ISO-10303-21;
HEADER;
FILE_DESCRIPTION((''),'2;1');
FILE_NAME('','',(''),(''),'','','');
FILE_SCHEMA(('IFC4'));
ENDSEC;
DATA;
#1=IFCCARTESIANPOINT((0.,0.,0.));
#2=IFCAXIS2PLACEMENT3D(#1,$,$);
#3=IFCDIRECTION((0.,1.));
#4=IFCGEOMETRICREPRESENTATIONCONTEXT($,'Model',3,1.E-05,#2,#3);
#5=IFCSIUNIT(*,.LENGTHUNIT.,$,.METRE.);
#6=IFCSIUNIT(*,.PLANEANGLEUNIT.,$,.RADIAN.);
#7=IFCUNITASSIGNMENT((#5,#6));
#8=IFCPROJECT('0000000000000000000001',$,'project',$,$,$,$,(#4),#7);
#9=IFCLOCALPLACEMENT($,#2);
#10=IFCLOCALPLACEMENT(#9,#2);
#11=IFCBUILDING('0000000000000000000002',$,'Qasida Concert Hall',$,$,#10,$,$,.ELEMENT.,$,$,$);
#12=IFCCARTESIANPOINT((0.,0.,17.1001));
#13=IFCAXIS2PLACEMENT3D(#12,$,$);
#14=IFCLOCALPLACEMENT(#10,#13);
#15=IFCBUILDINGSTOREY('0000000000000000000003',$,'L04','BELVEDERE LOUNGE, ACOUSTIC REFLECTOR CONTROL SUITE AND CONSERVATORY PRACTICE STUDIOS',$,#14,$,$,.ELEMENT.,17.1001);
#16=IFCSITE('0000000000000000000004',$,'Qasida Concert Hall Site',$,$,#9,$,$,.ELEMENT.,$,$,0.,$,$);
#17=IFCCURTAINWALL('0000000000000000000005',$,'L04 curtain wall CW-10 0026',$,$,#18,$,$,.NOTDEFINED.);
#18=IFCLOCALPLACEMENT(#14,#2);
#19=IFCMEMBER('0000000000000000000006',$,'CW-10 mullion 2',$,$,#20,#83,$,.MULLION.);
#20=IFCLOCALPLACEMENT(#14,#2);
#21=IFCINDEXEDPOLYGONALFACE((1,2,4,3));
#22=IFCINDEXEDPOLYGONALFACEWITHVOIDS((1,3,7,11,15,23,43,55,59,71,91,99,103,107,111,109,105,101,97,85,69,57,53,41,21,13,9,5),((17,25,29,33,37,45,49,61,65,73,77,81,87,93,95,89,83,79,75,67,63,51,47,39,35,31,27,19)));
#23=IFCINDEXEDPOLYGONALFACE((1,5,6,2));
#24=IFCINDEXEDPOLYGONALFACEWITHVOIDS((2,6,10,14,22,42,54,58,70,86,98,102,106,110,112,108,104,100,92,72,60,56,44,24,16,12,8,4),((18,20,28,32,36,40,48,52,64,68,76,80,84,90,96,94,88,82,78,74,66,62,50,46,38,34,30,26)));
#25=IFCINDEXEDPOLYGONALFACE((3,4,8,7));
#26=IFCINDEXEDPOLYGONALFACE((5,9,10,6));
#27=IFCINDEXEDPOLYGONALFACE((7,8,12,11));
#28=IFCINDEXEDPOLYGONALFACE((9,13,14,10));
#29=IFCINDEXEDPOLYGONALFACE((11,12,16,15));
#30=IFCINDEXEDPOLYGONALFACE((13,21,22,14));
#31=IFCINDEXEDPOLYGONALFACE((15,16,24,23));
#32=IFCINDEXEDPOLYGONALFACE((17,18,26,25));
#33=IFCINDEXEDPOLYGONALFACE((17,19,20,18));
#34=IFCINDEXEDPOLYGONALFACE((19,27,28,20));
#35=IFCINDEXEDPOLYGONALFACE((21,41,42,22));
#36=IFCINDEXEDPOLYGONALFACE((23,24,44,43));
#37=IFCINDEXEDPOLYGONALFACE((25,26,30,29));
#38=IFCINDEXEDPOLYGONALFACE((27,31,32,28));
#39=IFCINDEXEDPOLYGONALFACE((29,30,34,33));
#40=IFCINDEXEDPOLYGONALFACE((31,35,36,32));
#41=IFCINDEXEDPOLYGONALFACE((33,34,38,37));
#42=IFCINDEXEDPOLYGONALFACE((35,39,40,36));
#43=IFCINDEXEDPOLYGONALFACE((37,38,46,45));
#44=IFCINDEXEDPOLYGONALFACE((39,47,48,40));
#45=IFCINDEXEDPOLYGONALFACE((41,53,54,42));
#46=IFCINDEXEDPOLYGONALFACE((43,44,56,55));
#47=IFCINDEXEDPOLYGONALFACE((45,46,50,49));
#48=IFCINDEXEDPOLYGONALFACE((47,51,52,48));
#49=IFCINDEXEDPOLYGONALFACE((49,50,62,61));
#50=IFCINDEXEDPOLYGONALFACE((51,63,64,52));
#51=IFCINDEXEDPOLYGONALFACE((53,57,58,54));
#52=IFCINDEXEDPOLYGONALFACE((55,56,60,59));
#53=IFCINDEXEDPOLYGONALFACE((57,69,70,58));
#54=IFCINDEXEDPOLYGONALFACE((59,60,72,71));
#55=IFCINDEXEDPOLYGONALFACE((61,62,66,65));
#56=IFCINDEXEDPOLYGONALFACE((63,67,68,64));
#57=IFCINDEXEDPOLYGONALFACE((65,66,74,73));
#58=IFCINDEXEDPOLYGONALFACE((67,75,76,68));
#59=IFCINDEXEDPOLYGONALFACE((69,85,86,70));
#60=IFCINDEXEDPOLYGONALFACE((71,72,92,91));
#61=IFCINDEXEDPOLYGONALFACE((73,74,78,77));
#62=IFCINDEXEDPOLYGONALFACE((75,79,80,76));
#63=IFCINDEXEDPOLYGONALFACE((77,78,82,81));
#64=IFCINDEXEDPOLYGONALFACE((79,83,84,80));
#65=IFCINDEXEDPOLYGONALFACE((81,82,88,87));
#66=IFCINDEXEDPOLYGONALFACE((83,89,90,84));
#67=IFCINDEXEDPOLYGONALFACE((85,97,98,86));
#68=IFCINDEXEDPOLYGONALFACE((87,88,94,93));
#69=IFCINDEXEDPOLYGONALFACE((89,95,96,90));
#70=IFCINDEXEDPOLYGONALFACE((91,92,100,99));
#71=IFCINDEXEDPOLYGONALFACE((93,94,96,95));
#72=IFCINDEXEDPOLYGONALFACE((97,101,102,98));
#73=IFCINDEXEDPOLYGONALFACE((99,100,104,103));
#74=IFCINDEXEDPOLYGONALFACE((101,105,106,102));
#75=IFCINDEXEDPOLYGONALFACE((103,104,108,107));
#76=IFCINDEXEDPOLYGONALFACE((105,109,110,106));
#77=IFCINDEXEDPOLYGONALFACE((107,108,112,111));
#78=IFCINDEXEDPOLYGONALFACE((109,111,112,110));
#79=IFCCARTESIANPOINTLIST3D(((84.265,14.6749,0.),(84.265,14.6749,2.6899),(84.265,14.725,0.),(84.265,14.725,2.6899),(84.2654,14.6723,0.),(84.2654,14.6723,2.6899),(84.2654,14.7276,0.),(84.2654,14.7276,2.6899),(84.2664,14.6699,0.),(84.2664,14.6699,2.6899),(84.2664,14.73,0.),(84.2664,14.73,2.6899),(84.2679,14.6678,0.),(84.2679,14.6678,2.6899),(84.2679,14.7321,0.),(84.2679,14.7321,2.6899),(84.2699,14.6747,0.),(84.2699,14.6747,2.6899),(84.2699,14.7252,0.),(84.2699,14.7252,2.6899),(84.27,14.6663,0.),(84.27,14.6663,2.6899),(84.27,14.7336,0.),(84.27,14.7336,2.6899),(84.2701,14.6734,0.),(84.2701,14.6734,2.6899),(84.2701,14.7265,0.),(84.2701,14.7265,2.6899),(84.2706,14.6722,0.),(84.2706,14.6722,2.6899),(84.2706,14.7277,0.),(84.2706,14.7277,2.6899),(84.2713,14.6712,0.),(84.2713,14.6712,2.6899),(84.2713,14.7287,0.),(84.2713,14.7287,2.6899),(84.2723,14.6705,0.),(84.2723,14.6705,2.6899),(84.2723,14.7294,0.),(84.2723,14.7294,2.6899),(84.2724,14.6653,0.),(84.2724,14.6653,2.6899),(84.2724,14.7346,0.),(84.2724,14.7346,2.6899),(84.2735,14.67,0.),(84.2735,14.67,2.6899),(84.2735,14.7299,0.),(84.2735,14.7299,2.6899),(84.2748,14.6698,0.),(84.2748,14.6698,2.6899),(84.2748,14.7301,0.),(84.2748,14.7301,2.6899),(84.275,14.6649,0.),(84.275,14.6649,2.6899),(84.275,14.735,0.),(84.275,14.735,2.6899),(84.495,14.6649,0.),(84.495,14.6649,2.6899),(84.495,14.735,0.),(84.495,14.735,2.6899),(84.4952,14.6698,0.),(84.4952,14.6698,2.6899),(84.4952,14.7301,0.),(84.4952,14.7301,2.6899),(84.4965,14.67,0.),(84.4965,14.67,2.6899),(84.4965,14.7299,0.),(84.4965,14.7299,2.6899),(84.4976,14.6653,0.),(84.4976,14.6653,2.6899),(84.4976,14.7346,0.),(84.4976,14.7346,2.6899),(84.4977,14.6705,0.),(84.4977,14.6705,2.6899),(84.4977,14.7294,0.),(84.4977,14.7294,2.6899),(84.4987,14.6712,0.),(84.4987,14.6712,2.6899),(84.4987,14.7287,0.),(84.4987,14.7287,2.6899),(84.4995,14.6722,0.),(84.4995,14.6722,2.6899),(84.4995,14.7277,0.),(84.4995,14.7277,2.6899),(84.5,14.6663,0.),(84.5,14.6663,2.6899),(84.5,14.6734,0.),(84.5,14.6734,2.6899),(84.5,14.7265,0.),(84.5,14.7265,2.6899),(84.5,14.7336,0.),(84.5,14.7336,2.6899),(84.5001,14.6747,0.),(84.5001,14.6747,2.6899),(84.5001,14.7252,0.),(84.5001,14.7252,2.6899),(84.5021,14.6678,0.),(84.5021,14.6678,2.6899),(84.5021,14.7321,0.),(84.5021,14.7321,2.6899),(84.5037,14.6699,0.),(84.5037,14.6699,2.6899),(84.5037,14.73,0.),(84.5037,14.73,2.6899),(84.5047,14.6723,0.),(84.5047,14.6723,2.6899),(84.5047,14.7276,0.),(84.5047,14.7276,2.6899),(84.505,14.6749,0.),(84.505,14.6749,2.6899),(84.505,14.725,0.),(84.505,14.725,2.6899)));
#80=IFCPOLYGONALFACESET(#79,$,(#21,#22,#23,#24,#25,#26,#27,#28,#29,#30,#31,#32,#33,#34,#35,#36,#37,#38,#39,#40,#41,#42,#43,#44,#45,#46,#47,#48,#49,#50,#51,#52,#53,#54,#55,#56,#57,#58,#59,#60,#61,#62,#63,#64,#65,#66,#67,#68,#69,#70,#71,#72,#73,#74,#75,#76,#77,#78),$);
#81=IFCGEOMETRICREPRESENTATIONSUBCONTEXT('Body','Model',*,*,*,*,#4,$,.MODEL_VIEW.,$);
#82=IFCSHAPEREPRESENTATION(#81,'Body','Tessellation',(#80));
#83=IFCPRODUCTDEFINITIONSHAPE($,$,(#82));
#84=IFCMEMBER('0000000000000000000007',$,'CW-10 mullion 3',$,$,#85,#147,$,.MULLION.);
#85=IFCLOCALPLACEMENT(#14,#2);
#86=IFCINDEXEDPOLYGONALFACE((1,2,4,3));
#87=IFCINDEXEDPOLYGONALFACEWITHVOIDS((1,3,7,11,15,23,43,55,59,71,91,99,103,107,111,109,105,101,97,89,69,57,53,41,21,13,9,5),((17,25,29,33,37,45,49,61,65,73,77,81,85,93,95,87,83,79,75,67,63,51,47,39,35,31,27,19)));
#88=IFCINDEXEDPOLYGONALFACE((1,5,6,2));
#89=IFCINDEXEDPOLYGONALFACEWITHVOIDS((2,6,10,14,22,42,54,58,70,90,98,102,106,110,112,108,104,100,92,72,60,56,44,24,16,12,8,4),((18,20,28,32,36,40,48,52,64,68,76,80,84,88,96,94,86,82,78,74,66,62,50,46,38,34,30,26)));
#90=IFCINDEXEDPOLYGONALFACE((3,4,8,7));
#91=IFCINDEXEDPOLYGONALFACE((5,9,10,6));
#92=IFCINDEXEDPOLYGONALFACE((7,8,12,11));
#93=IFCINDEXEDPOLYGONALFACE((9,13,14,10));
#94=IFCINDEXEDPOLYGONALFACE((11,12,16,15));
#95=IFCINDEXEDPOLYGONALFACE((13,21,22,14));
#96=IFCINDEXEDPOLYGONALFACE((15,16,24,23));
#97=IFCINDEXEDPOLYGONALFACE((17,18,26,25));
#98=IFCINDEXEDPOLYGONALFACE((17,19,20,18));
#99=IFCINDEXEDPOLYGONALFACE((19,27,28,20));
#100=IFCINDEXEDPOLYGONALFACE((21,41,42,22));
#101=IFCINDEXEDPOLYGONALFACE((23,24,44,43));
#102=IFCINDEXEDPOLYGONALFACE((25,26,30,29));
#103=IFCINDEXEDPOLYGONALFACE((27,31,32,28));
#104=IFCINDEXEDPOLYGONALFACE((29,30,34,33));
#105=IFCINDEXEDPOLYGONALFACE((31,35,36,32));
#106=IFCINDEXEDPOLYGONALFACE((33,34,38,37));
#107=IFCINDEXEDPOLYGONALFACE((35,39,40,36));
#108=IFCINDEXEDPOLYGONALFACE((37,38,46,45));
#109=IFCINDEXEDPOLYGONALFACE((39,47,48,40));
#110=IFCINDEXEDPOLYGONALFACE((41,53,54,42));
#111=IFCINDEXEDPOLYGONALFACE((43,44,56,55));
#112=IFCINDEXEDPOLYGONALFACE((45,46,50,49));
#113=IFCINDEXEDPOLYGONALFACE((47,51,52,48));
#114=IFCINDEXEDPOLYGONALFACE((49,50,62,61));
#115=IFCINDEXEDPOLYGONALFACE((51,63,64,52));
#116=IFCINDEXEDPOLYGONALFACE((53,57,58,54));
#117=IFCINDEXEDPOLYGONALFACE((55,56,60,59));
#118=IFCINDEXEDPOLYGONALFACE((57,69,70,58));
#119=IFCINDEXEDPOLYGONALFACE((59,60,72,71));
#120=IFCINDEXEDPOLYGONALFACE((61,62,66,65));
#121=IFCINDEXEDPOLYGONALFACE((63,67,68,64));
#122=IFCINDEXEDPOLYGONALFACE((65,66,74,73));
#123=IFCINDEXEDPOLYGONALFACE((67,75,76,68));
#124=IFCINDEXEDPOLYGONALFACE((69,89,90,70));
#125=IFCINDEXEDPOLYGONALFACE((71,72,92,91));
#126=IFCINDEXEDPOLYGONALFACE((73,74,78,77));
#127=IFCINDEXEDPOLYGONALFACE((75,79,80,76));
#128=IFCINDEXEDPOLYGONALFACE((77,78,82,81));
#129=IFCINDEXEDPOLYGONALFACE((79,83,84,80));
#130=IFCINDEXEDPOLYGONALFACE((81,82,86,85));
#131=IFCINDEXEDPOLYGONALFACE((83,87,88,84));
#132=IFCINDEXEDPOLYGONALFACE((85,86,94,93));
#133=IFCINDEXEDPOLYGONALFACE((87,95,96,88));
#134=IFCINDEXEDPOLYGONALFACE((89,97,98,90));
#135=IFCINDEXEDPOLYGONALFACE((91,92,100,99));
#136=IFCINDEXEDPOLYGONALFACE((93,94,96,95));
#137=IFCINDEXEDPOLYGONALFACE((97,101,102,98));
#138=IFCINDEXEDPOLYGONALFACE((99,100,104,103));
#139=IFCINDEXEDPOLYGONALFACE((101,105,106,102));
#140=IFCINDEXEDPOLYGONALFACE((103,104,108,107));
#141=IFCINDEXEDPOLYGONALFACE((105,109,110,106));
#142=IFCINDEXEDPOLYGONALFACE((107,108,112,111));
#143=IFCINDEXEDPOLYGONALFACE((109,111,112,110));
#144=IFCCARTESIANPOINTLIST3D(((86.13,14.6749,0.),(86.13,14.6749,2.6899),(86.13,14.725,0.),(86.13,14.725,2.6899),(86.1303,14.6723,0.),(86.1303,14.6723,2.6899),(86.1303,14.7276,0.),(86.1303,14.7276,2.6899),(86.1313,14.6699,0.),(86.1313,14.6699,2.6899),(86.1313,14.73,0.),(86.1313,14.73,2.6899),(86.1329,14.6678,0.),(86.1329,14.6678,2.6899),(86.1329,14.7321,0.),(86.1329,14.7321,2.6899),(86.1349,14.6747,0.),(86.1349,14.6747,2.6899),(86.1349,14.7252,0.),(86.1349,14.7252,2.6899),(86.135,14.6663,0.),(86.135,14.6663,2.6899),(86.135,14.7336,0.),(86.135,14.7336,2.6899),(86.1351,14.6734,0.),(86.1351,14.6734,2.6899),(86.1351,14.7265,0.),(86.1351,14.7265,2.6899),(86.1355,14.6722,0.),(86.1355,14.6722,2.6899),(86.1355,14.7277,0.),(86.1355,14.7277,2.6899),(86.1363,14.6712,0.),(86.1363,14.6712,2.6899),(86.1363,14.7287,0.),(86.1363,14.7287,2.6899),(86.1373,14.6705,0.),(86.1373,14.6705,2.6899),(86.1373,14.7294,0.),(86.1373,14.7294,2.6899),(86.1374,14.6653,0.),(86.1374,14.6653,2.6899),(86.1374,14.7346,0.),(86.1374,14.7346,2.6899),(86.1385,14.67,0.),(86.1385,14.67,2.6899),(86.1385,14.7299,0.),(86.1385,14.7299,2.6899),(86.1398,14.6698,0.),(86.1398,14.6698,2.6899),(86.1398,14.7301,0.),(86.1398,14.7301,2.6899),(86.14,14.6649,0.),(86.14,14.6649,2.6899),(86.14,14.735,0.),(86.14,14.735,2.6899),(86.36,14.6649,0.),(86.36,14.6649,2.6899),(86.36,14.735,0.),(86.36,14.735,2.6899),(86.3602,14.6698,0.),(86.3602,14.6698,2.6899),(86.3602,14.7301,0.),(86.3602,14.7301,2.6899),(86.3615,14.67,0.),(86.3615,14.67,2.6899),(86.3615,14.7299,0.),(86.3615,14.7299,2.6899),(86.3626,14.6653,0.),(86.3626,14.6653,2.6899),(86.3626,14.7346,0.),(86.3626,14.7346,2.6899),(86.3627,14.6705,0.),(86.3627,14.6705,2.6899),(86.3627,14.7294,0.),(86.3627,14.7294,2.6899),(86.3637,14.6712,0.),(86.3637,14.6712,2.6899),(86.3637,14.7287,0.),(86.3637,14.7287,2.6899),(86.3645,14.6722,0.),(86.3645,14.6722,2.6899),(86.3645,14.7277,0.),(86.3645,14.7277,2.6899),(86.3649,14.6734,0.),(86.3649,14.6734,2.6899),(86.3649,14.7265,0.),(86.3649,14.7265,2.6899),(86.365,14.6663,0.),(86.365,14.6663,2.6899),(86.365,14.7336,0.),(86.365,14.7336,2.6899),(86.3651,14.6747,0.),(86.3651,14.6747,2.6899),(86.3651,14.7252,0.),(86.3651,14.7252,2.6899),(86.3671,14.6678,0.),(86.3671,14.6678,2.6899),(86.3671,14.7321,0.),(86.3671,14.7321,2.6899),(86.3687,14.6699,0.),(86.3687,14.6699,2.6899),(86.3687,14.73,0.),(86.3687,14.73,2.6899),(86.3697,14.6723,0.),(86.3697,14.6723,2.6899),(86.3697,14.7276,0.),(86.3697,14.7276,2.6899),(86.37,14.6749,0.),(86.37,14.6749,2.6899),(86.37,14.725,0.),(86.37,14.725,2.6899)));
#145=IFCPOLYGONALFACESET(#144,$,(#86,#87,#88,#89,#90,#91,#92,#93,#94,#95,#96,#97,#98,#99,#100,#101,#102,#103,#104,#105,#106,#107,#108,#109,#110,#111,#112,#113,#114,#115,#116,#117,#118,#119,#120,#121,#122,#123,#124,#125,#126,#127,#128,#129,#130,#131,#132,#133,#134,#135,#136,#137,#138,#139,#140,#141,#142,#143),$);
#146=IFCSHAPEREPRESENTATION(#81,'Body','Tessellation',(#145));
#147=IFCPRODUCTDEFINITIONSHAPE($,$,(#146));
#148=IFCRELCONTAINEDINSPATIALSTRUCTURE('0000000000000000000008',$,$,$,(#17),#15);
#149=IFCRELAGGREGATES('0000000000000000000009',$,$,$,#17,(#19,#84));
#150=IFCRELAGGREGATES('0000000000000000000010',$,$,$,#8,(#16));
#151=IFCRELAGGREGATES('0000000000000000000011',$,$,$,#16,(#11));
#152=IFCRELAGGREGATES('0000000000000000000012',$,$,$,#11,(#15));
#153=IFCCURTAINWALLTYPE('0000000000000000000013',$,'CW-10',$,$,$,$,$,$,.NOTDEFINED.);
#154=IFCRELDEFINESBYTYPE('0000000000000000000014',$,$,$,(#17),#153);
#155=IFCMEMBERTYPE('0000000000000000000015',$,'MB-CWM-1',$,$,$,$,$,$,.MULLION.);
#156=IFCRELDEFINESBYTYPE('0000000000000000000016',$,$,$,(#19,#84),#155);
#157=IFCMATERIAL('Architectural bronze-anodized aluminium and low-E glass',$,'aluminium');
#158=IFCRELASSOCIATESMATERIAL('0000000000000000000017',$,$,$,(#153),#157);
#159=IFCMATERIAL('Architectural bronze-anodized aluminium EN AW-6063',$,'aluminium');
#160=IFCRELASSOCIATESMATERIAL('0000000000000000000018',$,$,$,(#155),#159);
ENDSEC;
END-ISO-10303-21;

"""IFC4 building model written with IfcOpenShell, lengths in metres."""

from ifc_helpers import new_model, si_unit, direction, frame, origin, origin_2d, place, context, subcontext, project, spatial, hollow_rectangle, extrude, material, material_profile, profile_set, type_object, element, aggregate, save


model = new_model("IFC4")

# Units and contexts
model_context = context("Model", 3, precision=1e-05, world=origin(), true_north=direction((0.0, 1.0)))
body_context = subcontext(model_context, "Body", "Model", "MODEL_VIEW")
ifc_project = project(units=[si_unit("LENGTHUNIT", "METRE"), si_unit("PLANEANGLEUNIT", "RADIAN")], contexts=[model_context])

# Site, building, storey
site_placement = place(None, origin())
site = spatial("IfcSite", under=ifc_project, at=site_placement, Name="Qasida Concert Hall Site", CompositionType="ELEMENT", RefElevation=0.0)
building_placement = place(site_placement, origin())
building = spatial("IfcBuilding", under=site, at=building_placement, Name="Qasida Concert Hall", CompositionType="ELEMENT")
storey_placement = place(building_placement, frame((0.0, 0.0, 17.1001)))
storey = spatial("IfcBuildingStorey", under=building, at=storey_placement, Name="L04", Description="BELVEDERE LOUNGE, ACOUSTIC REFLECTOR CONTROL SUITE AND CONSERVATORY PRACTICE STUDIOS", CompositionType="ELEMENT", Elevation=17.1001)

# Curtain wall, members
ifc_material_1 = material(Name="Architectural bronze-anodized aluminium and low-E glass", Category="aluminium")
curtain_wall_type = type_object("IfcCurtainWallType", Name="CW-10", PredefinedType="NOTDEFINED", material=ifc_material_1)
curtain_wall_placement = place(storey_placement, origin())
curtain_wall = element("IfcCurtainWall", 1, at=curtain_wall_placement, inside=storey, type_object=curtain_wall_type, Name="L04 curtain wall CW-10 0026", PredefinedType="NOTDEFINED")
ifc_material_2 = material(Name="Architectural bronze-anodized aluminium EN AW-6063", Category="aluminium")
ifc_material_profile_1 = material_profile(ifc_material_2, hollow_rectangle(XDim=0.0701, YDim=0.24, WallThickness=0.0049, InnerFilletRadius=0.0049, OuterFilletRadius=0.01, at=origin_2d()), Name="CWM 240x70x5")
ifc_profile_set_1 = profile_set([ifc_material_profile_1], Name="Architectural bronze-anodized aluminium EN AW-6063")
member_type_1 = type_object("IfcMemberType", Name="MB-CWM-1", PredefinedType="MULLION", material=ifc_profile_set_1)
member_1_placement = place(storey_placement, frame((84.385, 14.7, 0.0), z_axis=(0.0, 0.0, 1.0), x_axis=(0.0, 1.0, 0.0)))
member_1 = element("IfcMember", 2, at=member_1_placement, type_object=member_type_1, Name="CW-10 mullion 2", PredefinedType="MULLION", context=body_context, shape_type="SweptSolid", body=[
    extrude(hollow_rectangle(XDim=0.0701, YDim=0.24, WallThickness=0.0049, InnerFilletRadius=0.0049, OuterFilletRadius=0.01, at=origin_2d()), origin(), (0.0, 0.0, 1.0), 2.6899),
])
member_2_placement = place(storey_placement, frame((86.25, 14.7, 0.0), z_axis=(0.0, 0.0, 1.0), x_axis=(0.0, 1.0, 0.0)))
member_2 = element("IfcMember", 3, at=member_2_placement, type_object=member_type_1, Name="CW-10 mullion 3", PredefinedType="MULLION", context=body_context, shape_type="SweptSolid", body=[
    extrude(hollow_rectangle(XDim=0.0701, YDim=0.24, WallThickness=0.0049, InnerFilletRadius=0.0049, OuterFilletRadius=0.01, at=origin_2d()), origin(), (0.0, 0.0, 1.0), 2.6899),
])
aggregate(curtain_wall, [member_1, member_2])

save(model, "model.ifc")
